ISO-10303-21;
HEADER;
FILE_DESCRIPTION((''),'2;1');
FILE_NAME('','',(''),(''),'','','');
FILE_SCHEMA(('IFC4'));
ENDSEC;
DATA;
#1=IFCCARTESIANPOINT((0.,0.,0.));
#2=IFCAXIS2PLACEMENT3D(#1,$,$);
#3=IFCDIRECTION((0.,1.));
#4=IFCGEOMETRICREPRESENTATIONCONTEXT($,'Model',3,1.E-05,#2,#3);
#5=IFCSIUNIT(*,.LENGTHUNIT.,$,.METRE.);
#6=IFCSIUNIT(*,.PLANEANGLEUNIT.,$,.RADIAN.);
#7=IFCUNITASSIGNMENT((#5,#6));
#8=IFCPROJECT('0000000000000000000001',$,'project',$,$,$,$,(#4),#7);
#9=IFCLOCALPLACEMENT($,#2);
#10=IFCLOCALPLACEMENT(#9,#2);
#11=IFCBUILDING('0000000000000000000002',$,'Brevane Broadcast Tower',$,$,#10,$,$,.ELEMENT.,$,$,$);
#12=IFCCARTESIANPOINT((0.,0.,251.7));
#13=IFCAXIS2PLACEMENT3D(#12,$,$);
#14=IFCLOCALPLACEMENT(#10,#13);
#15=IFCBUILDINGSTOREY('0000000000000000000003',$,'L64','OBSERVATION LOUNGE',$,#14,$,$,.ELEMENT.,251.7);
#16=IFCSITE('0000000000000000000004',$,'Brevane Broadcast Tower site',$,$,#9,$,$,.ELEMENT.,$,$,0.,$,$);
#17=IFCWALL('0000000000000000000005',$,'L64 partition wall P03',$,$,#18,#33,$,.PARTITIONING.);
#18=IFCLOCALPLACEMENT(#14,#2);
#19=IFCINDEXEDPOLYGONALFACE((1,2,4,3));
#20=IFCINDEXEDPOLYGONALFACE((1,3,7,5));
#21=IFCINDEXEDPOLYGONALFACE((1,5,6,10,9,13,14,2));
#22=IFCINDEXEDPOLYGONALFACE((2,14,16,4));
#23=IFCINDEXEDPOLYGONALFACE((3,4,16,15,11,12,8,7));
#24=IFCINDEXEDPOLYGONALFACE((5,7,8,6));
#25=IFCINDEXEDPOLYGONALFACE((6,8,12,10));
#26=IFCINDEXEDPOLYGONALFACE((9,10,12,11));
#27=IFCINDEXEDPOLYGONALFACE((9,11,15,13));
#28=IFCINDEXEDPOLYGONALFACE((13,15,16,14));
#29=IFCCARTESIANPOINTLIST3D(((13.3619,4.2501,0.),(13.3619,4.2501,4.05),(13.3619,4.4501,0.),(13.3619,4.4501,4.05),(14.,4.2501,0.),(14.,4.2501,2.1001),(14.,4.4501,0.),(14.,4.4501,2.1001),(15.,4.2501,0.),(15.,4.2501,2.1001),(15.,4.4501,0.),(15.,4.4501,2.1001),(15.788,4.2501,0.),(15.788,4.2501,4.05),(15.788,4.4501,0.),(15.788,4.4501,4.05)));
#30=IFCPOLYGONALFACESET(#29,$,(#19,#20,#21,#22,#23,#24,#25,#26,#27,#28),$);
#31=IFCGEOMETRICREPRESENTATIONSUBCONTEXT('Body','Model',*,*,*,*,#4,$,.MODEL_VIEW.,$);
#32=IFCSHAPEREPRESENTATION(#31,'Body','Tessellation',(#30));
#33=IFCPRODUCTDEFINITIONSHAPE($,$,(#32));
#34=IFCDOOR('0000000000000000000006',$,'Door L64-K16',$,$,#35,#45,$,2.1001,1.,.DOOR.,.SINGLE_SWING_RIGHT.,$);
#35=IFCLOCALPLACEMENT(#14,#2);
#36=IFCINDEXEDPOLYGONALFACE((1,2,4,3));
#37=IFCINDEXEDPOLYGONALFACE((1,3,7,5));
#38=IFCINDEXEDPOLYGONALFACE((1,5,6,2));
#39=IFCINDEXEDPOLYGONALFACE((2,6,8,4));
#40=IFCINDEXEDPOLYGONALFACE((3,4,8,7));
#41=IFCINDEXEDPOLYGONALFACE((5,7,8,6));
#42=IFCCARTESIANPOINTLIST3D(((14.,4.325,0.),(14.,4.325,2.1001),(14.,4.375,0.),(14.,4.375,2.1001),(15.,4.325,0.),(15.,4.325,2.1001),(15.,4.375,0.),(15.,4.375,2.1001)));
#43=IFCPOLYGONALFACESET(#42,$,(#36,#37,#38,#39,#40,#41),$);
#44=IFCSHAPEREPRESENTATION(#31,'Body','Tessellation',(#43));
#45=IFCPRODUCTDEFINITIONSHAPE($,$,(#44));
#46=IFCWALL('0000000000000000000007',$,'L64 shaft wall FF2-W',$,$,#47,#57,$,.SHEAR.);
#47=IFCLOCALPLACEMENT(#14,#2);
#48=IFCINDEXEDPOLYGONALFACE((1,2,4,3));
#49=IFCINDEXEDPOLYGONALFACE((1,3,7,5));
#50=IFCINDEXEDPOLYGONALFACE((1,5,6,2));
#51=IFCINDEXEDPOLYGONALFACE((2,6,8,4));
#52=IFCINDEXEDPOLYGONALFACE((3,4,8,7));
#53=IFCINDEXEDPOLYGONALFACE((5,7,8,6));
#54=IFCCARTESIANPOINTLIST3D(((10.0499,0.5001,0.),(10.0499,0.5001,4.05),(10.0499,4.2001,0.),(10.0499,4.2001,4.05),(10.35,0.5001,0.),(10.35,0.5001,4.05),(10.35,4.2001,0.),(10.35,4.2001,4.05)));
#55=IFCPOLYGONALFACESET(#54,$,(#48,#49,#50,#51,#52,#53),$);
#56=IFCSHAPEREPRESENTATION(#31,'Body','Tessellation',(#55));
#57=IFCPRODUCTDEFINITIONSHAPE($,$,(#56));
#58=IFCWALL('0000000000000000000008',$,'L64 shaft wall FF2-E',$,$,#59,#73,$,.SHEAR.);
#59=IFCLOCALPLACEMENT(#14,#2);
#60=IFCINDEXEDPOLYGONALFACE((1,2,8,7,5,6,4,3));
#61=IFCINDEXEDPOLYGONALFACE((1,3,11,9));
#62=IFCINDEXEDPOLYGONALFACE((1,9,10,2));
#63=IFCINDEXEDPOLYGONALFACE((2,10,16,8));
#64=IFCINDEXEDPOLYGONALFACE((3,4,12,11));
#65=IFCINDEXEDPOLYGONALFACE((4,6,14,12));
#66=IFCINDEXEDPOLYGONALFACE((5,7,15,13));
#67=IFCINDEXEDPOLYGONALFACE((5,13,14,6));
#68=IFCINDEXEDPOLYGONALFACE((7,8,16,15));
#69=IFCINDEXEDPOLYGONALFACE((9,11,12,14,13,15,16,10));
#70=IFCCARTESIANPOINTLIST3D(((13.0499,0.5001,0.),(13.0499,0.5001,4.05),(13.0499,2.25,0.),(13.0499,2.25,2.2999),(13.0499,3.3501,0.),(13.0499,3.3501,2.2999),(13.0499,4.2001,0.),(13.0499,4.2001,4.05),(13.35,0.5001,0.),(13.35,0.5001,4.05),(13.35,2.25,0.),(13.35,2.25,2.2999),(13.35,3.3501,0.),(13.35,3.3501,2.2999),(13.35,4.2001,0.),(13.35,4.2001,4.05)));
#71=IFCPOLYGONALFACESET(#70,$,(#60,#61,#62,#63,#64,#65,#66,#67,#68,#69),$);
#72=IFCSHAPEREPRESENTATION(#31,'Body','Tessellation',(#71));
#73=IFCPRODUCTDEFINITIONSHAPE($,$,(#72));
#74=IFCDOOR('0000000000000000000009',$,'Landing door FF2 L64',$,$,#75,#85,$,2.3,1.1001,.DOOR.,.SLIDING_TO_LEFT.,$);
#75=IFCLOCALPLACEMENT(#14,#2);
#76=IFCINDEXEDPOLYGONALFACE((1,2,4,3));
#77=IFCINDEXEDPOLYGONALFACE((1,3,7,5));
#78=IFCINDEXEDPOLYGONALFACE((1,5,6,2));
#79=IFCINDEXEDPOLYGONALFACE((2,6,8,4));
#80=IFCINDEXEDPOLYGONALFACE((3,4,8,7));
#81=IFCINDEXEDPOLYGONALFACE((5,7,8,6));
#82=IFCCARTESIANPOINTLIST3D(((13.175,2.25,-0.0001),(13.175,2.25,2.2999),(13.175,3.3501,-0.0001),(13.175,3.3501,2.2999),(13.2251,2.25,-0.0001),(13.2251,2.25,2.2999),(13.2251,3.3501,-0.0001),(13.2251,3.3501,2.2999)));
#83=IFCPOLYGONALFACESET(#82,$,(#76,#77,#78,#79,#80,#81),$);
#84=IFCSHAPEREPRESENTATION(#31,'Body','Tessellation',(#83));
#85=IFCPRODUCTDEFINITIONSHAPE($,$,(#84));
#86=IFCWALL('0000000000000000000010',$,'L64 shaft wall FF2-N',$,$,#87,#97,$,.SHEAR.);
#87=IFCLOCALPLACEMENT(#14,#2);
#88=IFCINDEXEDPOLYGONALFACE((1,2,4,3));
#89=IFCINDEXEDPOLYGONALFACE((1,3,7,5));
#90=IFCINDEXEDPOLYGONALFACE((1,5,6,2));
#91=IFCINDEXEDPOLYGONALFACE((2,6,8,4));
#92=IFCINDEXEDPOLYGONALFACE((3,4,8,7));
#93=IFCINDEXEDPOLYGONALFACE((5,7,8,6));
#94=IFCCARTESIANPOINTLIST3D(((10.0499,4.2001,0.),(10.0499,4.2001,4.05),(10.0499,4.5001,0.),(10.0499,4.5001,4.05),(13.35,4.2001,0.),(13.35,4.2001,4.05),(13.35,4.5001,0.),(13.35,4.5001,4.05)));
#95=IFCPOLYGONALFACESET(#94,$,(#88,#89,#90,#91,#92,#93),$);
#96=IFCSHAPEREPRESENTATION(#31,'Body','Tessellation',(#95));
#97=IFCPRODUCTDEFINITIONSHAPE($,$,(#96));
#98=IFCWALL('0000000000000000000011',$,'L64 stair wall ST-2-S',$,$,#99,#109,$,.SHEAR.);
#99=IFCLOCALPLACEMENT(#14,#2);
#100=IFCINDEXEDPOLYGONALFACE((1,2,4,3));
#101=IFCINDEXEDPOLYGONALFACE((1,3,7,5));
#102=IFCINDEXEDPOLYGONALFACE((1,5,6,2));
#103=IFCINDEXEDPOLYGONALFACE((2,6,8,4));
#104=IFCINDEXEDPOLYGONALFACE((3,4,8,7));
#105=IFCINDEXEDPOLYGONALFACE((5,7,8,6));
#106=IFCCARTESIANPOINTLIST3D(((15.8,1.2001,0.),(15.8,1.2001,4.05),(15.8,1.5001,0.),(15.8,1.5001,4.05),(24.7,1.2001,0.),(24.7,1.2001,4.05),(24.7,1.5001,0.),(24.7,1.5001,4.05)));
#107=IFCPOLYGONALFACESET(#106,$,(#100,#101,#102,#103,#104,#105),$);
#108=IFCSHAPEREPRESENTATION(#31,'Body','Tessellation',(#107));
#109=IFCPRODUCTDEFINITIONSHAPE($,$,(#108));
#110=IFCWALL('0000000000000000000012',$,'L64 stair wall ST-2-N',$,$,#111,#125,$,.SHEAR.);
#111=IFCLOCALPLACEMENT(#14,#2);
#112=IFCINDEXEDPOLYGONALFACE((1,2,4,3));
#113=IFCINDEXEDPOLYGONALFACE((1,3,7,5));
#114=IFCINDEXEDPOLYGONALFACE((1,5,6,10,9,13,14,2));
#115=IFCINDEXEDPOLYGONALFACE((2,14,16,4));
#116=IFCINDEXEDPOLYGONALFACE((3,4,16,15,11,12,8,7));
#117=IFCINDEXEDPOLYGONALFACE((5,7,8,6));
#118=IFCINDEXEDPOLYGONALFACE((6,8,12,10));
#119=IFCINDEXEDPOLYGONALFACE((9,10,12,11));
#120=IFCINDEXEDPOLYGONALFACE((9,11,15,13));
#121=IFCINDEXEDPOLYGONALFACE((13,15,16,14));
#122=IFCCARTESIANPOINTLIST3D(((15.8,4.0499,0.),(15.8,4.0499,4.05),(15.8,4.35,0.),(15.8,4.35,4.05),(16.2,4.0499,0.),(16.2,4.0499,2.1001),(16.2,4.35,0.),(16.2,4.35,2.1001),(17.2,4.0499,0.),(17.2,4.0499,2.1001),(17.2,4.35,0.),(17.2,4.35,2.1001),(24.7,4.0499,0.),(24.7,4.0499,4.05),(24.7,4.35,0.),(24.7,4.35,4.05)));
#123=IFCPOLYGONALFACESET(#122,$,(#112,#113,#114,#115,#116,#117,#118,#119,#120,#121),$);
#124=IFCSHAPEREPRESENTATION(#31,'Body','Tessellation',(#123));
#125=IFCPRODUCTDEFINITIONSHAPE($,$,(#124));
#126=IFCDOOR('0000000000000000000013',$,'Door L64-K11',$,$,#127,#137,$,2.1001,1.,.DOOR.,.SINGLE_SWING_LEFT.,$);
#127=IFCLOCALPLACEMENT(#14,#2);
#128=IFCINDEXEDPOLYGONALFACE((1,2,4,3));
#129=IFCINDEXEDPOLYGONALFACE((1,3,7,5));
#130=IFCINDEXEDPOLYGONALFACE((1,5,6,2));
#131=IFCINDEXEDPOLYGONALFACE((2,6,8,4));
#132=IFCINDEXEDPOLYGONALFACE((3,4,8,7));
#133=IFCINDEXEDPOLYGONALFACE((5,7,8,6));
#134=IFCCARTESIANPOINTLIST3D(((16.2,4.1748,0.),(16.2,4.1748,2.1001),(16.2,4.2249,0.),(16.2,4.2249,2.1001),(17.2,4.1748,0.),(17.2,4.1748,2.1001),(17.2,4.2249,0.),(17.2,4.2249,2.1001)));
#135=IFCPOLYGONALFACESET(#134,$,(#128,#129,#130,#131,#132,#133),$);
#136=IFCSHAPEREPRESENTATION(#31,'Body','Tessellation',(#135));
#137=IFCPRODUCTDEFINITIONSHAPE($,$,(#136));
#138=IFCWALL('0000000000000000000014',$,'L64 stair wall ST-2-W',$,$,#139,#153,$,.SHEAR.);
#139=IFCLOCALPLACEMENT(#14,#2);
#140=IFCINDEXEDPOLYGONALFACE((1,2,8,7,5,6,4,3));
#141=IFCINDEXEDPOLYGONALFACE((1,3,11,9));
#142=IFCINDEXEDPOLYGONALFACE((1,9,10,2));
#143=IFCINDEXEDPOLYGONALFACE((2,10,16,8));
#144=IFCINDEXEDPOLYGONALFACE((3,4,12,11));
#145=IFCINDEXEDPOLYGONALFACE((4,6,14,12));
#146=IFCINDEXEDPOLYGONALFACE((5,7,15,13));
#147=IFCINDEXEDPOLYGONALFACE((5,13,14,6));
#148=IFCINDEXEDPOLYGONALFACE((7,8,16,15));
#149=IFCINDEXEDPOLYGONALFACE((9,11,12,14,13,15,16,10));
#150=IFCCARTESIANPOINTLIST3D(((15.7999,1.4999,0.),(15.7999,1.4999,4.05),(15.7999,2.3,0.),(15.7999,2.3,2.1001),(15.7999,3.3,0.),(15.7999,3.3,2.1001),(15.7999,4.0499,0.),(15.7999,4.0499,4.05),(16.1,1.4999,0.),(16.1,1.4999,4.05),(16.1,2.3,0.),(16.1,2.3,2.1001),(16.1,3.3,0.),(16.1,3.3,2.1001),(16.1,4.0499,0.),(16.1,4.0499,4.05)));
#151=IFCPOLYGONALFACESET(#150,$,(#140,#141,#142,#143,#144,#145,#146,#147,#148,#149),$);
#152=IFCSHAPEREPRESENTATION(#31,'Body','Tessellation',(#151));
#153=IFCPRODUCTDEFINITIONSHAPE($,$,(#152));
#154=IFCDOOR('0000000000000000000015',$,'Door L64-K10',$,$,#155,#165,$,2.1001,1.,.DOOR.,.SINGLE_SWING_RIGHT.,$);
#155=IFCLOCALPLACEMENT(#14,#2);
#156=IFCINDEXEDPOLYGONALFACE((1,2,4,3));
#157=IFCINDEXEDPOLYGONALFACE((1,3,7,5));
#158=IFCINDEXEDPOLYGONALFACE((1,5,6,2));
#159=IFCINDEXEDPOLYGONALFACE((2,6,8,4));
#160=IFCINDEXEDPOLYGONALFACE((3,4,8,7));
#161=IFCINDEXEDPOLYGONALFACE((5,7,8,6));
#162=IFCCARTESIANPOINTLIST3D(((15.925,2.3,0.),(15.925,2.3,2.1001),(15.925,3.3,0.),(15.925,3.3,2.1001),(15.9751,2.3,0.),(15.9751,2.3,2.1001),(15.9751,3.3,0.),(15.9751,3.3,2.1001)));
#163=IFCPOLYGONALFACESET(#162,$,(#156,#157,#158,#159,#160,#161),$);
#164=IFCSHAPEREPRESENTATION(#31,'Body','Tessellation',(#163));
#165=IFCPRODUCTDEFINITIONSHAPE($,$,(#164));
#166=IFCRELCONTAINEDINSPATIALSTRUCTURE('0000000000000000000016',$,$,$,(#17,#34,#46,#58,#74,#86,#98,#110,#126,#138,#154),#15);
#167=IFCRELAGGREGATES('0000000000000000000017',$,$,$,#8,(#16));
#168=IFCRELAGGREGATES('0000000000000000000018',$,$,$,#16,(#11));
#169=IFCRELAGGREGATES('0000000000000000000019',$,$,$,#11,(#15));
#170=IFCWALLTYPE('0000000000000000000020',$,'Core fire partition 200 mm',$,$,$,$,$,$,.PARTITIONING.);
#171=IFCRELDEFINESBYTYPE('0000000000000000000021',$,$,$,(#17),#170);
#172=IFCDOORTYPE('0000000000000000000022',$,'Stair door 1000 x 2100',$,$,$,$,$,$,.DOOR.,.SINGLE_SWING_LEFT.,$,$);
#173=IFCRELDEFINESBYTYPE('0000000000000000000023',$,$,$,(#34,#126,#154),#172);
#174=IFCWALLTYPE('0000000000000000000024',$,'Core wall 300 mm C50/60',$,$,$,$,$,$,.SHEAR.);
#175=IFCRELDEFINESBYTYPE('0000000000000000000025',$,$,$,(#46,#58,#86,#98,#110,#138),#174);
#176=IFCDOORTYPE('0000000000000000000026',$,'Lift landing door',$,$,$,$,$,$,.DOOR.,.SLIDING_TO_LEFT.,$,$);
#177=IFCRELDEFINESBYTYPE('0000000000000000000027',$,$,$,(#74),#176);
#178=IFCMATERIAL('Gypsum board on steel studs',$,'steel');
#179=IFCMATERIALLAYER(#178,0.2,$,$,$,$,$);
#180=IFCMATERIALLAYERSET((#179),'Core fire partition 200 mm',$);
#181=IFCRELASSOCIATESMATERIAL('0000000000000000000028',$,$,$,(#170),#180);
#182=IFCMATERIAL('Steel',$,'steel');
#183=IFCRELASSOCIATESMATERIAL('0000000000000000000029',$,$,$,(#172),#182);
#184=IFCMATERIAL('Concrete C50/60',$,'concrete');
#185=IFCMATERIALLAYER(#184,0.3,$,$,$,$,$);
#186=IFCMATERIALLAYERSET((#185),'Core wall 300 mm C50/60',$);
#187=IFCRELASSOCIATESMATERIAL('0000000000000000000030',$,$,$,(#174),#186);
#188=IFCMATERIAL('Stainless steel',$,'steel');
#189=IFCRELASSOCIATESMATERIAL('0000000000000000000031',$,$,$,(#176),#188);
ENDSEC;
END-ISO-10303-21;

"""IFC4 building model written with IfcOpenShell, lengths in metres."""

from ifc_helpers import new_model, si_unit, direction, frame, frame_2d, origin, place, context, subcontext, project, spatial, rectangle, extrude, material, layer, layer_set, type_object, element, fill, save


model = new_model("IFC4")

# Units and contexts
model_context = context("Model", 3, precision=1e-05, world=origin(), true_north=direction((0.0, 1.0)))
body_context = subcontext(model_context, "Body", "Model", "MODEL_VIEW")
ifc_project = project(units=[si_unit("LENGTHUNIT", "METRE"), si_unit("PLANEANGLEUNIT", "RADIAN")], contexts=[model_context])

# Site, building, storey
site_placement = place(None, origin())
site = spatial("IfcSite", under=ifc_project, at=site_placement, Name="Brevane Broadcast Tower site", CompositionType="ELEMENT", RefElevation=0.0)
building_placement = place(site_placement, origin())
building = spatial("IfcBuilding", under=site, at=building_placement, Name="Brevane Broadcast Tower", CompositionType="ELEMENT")
storey_placement = place(building_placement, frame((0.0, 0.0, 251.7)))
storey = spatial("IfcBuildingStorey", under=building, at=storey_placement, Name="L64", Description="OBSERVATION LOUNGE", CompositionType="ELEMENT", Elevation=251.7)

# Shared definitions
ifc_material_1 = material(Name="Gypsum board on steel studs", Category="steel")

# Wall, opening, door
ifc_layer_1 = layer(ifc_material_1, 0.2)
ifc_layer_set_1 = layer_set([ifc_layer_1], Name="Core fire partition 200 mm")
wall_type_1 = type_object("IfcWallType", Name="Core fire partition 200 mm", PredefinedType="PARTITIONING", material=ifc_layer_set_1)
wall_1_placement = place(storey_placement, frame((13.3621, 4.3501, 0.0), z_axis=(0.0, 0.0, 1.0), x_axis=(1.0, 0.0, 0.0)))
wall_1 = element("IfcWall", 1, at=wall_1_placement, inside=storey, type_object=wall_type_1, Name="L64 partition wall P03", PredefinedType="PARTITIONING", context=body_context, shape_type="SweptSolid", body=[
    extrude(rectangle(XDim=2.426, YDim=0.2, at=frame_2d((1.2129, 0.0))), origin(), (0.0, 0.0, 1.0), 4.05),
])
opening_1_placement = place(wall_1_placement, frame((0.6379, 0.0, 0.0)))
opening_1 = element("IfcOpeningElement", 2, at=opening_1_placement, cuts=wall_1, PredefinedType="OPENING", context=body_context, shape_type="SweptSolid", body=[
    extrude(rectangle(XDim=1.0, YDim=2.1001, at=frame_2d((0.5, 1.05))), frame((0.0, 0.1099, 0.0), z_axis=(0.0, -1.0, 0.0), x_axis=(1.0, 0.0, 0.0)), (0.0, 0.0, 1.0), 0.22),
])
ifc_material_2 = material(Name="Steel", Category="steel")
door_type_1 = type_object("IfcDoorType", Name="Stair door 1000 x 2100", OperationType="SINGLE_SWING_LEFT", PredefinedType="DOOR", material=ifc_material_2)
door_1_placement = place(opening_1_placement, origin())
door_1 = element("IfcDoor", 3, at=door_1_placement, inside=storey, type_object=door_type_1, Name="Door L64-K16", OperationType="SINGLE_SWING_RIGHT", OverallHeight=2.1001, OverallWidth=1.0, PredefinedType="DOOR", context=body_context, shape_type="SweptSolid", body=[
    extrude(rectangle(XDim=1.0, YDim=2.1001, at=frame_2d((0.5, 1.05))), frame((0.0, 0.0249, 0.0), z_axis=(0.0, -1.0, 0.0), x_axis=(1.0, 0.0, 0.0)), (0.0, 0.0, 1.0), 0.05),
])
fill(opening_1, door_1)

# Wall
ifc_material_3 = material(Name="Concrete C50/60", Category="concrete")
ifc_layer_2 = layer(ifc_material_3, 0.3)
ifc_layer_set_2 = layer_set([ifc_layer_2], Name="Core wall 300 mm C50/60")
wall_type_2 = type_object("IfcWallType", Name="Core wall 300 mm C50/60", PredefinedType="SHEAR", material=ifc_layer_set_2)
wall_2_placement = place(storey_placement, frame((10.2, 0.5, 0.0), z_axis=(0.0, 0.0, 1.0), x_axis=(0.0, 1.0, 0.0)))
element("IfcWall", 4, at=wall_2_placement, inside=storey, type_object=wall_type_2, Name="L64 shaft wall FF2-W", PredefinedType="SHEAR", context=body_context, shape_type="SweptSolid", body=[
    extrude(rectangle(XDim=3.7, YDim=0.3, at=frame_2d((1.8501, 0.0))), origin(), (0.0, 0.0, 1.0), 4.05),
])

# Wall, opening, door
wall_3_placement = place(storey_placement, frame((13.2, 0.5, 0.0), z_axis=(0.0, 0.0, 1.0), x_axis=(0.0, 1.0, 0.0)))
wall_3 = element("IfcWall", 5, at=wall_3_placement, inside=storey, type_object=wall_type_2, Name="L64 shaft wall FF2-E", PredefinedType="SHEAR", context=body_context, shape_type="SweptSolid", body=[
    extrude(rectangle(XDim=3.7, YDim=0.3, at=frame_2d((1.8501, 0.0))), origin(), (0.0, 0.0, 1.0), 4.05),
])
opening_2_placement = place(wall_3_placement, frame((1.75, 0.0, 0.0)))
opening_2 = element("IfcOpeningElement", 6, at=opening_2_placement, cuts=wall_3, PredefinedType="OPENING", context=body_context, shape_type="SweptSolid", body=[
    extrude(rectangle(XDim=1.1001, YDim=2.3, at=frame_2d((0.55, 1.1499))), frame((0.0, 0.1599, 0.0), z_axis=(0.0, -1.0, 0.0), x_axis=(1.0, 0.0, 0.0)), (0.0, 0.0, 1.0), 0.3201),
])
ifc_material_4 = material(Name="Stainless steel", Category="steel")
door_type_2 = type_object("IfcDoorType", Name="Lift landing door", OperationType="SLIDING_TO_LEFT", PredefinedType="DOOR", material=ifc_material_4)
door_2_placement = place(opening_2_placement, origin())
door_2 = element("IfcDoor", 7, at=door_2_placement, inside=storey, type_object=door_type_2, Name="Landing door FF2 L64", OperationType="SLIDING_TO_LEFT", OverallHeight=2.3, OverallWidth=1.1001, PredefinedType="DOOR", context=body_context, shape_type="SweptSolid", body=[
    extrude(rectangle(XDim=1.1001, YDim=2.3, at=frame_2d((0.55, 1.1499))), frame((0.0, 0.0249, 0.0), z_axis=(0.0, -1.0, 0.0), x_axis=(1.0, 0.0, 0.0)), (0.0, 0.0, 1.0), 0.05),
])
fill(opening_2, door_2)

# Walls
wall_4_placement = place(storey_placement, frame((10.05, 4.3501, 0.0), z_axis=(0.0, 0.0, 1.0), x_axis=(1.0, 0.0, 0.0)))
element("IfcWall", 8, at=wall_4_placement, inside=storey, type_object=wall_type_2, Name="L64 shaft wall FF2-N", PredefinedType="SHEAR", context=body_context, shape_type="SweptSolid", body=[
    extrude(rectangle(XDim=3.3, YDim=0.3, at=frame_2d((1.6499, 0.0))), origin(), (0.0, 0.0, 1.0), 4.05),
])
wall_5_placement = place(storey_placement, frame((15.8, 1.3501, 0.0), z_axis=(0.0, 0.0, 1.0), x_axis=(1.0, 0.0, 0.0)))
element("IfcWall", 9, at=wall_5_placement, inside=storey, type_object=wall_type_2, Name="L64 stair wall ST-2-S", PredefinedType="SHEAR", context=body_context, shape_type="SweptSolid", body=[
    extrude(rectangle(XDim=8.8999, YDim=0.3, at=frame_2d((4.45, 0.0))), origin(), (0.0, 0.0, 1.0), 4.05),
])

# Walls, openings, doors
wall_6_placement = place(storey_placement, frame((15.8, 4.2, 0.0), z_axis=(0.0, 0.0, 1.0), x_axis=(1.0, 0.0, 0.0)))
wall_6 = element("IfcWall", 10, at=wall_6_placement, inside=storey, type_object=wall_type_2, Name="L64 stair wall ST-2-N", PredefinedType="SHEAR", context=body_context, shape_type="SweptSolid", body=[
    extrude(rectangle(XDim=8.8999, YDim=0.3, at=frame_2d((4.45, 0.0))), origin(), (0.0, 0.0, 1.0), 4.05),
])
opening_3_placement = place(wall_6_placement, frame((0.3999, 0.0, 0.0)))
opening_3 = element("IfcOpeningElement", 11, at=opening_3_placement, cuts=wall_6, PredefinedType="OPENING", context=body_context, shape_type="SweptSolid", body=[
    extrude(rectangle(XDim=1.0, YDim=2.1001, at=frame_2d((0.5, 1.05))), frame((0.0, 0.1599, 0.0), z_axis=(0.0, -1.0, 0.0), x_axis=(1.0, 0.0, 0.0)), (0.0, 0.0, 1.0), 0.3201),
])
door_3_placement = place(opening_3_placement, origin())
door_3 = element("IfcDoor", 12, at=door_3_placement, inside=storey, type_object=door_type_1, Name="Door L64-K11", OperationType="SINGLE_SWING_LEFT", OverallHeight=2.1001, OverallWidth=1.0, PredefinedType="DOOR", context=body_context, shape_type="SweptSolid", body=[
    extrude(rectangle(XDim=1.0, YDim=2.1001, at=frame_2d((0.5, 1.05))), frame((0.0, 0.0249, 0.0), z_axis=(0.0, -1.0, 0.0), x_axis=(1.0, 0.0, 0.0)), (0.0, 0.0, 1.0), 0.05),
])
fill(opening_3, door_3)
wall_7_placement = place(storey_placement, frame((15.95, 1.5, 0.0), z_axis=(0.0, 0.0, 1.0), x_axis=(0.0, 1.0, 0.0)))
wall_7 = element("IfcWall", 13, at=wall_7_placement, inside=storey, type_object=wall_type_2, Name="L64 stair wall ST-2-W", PredefinedType="SHEAR", context=body_context, shape_type="SweptSolid", body=[
    extrude(rectangle(XDim=2.55, YDim=0.3, at=frame_2d((1.2749, 0.0))), origin(), (0.0, 0.0, 1.0), 4.05),
])
opening_4_placement = place(wall_7_placement, frame((0.8, 0.0, 0.0)))
opening_4 = element("IfcOpeningElement", 14, at=opening_4_placement, cuts=wall_7, PredefinedType="OPENING", context=body_context, shape_type="SweptSolid", body=[
    extrude(rectangle(XDim=1.0, YDim=2.1001, at=frame_2d((0.5, 1.05))), frame((0.0, 0.1599, 0.0), z_axis=(0.0, -1.0, 0.0), x_axis=(1.0, 0.0, 0.0)), (0.0, 0.0, 1.0), 0.3201),
])
door_4_placement = place(opening_4_placement, origin())
door_4 = element("IfcDoor", 15, at=door_4_placement, inside=storey, type_object=door_type_1, Name="Door L64-K10", OperationType="SINGLE_SWING_RIGHT", OverallHeight=2.1001, OverallWidth=1.0, PredefinedType="DOOR", context=body_context, shape_type="SweptSolid", body=[
    extrude(rectangle(XDim=1.0, YDim=2.1001, at=frame_2d((0.5, 1.05))), frame((0.0, 0.0249, 0.0), z_axis=(0.0, -1.0, 0.0), x_axis=(1.0, 0.0, 0.0)), (0.0, 0.0, 1.0), 0.05),
])
fill(opening_4, door_4)

save(model, "model.ifc")
